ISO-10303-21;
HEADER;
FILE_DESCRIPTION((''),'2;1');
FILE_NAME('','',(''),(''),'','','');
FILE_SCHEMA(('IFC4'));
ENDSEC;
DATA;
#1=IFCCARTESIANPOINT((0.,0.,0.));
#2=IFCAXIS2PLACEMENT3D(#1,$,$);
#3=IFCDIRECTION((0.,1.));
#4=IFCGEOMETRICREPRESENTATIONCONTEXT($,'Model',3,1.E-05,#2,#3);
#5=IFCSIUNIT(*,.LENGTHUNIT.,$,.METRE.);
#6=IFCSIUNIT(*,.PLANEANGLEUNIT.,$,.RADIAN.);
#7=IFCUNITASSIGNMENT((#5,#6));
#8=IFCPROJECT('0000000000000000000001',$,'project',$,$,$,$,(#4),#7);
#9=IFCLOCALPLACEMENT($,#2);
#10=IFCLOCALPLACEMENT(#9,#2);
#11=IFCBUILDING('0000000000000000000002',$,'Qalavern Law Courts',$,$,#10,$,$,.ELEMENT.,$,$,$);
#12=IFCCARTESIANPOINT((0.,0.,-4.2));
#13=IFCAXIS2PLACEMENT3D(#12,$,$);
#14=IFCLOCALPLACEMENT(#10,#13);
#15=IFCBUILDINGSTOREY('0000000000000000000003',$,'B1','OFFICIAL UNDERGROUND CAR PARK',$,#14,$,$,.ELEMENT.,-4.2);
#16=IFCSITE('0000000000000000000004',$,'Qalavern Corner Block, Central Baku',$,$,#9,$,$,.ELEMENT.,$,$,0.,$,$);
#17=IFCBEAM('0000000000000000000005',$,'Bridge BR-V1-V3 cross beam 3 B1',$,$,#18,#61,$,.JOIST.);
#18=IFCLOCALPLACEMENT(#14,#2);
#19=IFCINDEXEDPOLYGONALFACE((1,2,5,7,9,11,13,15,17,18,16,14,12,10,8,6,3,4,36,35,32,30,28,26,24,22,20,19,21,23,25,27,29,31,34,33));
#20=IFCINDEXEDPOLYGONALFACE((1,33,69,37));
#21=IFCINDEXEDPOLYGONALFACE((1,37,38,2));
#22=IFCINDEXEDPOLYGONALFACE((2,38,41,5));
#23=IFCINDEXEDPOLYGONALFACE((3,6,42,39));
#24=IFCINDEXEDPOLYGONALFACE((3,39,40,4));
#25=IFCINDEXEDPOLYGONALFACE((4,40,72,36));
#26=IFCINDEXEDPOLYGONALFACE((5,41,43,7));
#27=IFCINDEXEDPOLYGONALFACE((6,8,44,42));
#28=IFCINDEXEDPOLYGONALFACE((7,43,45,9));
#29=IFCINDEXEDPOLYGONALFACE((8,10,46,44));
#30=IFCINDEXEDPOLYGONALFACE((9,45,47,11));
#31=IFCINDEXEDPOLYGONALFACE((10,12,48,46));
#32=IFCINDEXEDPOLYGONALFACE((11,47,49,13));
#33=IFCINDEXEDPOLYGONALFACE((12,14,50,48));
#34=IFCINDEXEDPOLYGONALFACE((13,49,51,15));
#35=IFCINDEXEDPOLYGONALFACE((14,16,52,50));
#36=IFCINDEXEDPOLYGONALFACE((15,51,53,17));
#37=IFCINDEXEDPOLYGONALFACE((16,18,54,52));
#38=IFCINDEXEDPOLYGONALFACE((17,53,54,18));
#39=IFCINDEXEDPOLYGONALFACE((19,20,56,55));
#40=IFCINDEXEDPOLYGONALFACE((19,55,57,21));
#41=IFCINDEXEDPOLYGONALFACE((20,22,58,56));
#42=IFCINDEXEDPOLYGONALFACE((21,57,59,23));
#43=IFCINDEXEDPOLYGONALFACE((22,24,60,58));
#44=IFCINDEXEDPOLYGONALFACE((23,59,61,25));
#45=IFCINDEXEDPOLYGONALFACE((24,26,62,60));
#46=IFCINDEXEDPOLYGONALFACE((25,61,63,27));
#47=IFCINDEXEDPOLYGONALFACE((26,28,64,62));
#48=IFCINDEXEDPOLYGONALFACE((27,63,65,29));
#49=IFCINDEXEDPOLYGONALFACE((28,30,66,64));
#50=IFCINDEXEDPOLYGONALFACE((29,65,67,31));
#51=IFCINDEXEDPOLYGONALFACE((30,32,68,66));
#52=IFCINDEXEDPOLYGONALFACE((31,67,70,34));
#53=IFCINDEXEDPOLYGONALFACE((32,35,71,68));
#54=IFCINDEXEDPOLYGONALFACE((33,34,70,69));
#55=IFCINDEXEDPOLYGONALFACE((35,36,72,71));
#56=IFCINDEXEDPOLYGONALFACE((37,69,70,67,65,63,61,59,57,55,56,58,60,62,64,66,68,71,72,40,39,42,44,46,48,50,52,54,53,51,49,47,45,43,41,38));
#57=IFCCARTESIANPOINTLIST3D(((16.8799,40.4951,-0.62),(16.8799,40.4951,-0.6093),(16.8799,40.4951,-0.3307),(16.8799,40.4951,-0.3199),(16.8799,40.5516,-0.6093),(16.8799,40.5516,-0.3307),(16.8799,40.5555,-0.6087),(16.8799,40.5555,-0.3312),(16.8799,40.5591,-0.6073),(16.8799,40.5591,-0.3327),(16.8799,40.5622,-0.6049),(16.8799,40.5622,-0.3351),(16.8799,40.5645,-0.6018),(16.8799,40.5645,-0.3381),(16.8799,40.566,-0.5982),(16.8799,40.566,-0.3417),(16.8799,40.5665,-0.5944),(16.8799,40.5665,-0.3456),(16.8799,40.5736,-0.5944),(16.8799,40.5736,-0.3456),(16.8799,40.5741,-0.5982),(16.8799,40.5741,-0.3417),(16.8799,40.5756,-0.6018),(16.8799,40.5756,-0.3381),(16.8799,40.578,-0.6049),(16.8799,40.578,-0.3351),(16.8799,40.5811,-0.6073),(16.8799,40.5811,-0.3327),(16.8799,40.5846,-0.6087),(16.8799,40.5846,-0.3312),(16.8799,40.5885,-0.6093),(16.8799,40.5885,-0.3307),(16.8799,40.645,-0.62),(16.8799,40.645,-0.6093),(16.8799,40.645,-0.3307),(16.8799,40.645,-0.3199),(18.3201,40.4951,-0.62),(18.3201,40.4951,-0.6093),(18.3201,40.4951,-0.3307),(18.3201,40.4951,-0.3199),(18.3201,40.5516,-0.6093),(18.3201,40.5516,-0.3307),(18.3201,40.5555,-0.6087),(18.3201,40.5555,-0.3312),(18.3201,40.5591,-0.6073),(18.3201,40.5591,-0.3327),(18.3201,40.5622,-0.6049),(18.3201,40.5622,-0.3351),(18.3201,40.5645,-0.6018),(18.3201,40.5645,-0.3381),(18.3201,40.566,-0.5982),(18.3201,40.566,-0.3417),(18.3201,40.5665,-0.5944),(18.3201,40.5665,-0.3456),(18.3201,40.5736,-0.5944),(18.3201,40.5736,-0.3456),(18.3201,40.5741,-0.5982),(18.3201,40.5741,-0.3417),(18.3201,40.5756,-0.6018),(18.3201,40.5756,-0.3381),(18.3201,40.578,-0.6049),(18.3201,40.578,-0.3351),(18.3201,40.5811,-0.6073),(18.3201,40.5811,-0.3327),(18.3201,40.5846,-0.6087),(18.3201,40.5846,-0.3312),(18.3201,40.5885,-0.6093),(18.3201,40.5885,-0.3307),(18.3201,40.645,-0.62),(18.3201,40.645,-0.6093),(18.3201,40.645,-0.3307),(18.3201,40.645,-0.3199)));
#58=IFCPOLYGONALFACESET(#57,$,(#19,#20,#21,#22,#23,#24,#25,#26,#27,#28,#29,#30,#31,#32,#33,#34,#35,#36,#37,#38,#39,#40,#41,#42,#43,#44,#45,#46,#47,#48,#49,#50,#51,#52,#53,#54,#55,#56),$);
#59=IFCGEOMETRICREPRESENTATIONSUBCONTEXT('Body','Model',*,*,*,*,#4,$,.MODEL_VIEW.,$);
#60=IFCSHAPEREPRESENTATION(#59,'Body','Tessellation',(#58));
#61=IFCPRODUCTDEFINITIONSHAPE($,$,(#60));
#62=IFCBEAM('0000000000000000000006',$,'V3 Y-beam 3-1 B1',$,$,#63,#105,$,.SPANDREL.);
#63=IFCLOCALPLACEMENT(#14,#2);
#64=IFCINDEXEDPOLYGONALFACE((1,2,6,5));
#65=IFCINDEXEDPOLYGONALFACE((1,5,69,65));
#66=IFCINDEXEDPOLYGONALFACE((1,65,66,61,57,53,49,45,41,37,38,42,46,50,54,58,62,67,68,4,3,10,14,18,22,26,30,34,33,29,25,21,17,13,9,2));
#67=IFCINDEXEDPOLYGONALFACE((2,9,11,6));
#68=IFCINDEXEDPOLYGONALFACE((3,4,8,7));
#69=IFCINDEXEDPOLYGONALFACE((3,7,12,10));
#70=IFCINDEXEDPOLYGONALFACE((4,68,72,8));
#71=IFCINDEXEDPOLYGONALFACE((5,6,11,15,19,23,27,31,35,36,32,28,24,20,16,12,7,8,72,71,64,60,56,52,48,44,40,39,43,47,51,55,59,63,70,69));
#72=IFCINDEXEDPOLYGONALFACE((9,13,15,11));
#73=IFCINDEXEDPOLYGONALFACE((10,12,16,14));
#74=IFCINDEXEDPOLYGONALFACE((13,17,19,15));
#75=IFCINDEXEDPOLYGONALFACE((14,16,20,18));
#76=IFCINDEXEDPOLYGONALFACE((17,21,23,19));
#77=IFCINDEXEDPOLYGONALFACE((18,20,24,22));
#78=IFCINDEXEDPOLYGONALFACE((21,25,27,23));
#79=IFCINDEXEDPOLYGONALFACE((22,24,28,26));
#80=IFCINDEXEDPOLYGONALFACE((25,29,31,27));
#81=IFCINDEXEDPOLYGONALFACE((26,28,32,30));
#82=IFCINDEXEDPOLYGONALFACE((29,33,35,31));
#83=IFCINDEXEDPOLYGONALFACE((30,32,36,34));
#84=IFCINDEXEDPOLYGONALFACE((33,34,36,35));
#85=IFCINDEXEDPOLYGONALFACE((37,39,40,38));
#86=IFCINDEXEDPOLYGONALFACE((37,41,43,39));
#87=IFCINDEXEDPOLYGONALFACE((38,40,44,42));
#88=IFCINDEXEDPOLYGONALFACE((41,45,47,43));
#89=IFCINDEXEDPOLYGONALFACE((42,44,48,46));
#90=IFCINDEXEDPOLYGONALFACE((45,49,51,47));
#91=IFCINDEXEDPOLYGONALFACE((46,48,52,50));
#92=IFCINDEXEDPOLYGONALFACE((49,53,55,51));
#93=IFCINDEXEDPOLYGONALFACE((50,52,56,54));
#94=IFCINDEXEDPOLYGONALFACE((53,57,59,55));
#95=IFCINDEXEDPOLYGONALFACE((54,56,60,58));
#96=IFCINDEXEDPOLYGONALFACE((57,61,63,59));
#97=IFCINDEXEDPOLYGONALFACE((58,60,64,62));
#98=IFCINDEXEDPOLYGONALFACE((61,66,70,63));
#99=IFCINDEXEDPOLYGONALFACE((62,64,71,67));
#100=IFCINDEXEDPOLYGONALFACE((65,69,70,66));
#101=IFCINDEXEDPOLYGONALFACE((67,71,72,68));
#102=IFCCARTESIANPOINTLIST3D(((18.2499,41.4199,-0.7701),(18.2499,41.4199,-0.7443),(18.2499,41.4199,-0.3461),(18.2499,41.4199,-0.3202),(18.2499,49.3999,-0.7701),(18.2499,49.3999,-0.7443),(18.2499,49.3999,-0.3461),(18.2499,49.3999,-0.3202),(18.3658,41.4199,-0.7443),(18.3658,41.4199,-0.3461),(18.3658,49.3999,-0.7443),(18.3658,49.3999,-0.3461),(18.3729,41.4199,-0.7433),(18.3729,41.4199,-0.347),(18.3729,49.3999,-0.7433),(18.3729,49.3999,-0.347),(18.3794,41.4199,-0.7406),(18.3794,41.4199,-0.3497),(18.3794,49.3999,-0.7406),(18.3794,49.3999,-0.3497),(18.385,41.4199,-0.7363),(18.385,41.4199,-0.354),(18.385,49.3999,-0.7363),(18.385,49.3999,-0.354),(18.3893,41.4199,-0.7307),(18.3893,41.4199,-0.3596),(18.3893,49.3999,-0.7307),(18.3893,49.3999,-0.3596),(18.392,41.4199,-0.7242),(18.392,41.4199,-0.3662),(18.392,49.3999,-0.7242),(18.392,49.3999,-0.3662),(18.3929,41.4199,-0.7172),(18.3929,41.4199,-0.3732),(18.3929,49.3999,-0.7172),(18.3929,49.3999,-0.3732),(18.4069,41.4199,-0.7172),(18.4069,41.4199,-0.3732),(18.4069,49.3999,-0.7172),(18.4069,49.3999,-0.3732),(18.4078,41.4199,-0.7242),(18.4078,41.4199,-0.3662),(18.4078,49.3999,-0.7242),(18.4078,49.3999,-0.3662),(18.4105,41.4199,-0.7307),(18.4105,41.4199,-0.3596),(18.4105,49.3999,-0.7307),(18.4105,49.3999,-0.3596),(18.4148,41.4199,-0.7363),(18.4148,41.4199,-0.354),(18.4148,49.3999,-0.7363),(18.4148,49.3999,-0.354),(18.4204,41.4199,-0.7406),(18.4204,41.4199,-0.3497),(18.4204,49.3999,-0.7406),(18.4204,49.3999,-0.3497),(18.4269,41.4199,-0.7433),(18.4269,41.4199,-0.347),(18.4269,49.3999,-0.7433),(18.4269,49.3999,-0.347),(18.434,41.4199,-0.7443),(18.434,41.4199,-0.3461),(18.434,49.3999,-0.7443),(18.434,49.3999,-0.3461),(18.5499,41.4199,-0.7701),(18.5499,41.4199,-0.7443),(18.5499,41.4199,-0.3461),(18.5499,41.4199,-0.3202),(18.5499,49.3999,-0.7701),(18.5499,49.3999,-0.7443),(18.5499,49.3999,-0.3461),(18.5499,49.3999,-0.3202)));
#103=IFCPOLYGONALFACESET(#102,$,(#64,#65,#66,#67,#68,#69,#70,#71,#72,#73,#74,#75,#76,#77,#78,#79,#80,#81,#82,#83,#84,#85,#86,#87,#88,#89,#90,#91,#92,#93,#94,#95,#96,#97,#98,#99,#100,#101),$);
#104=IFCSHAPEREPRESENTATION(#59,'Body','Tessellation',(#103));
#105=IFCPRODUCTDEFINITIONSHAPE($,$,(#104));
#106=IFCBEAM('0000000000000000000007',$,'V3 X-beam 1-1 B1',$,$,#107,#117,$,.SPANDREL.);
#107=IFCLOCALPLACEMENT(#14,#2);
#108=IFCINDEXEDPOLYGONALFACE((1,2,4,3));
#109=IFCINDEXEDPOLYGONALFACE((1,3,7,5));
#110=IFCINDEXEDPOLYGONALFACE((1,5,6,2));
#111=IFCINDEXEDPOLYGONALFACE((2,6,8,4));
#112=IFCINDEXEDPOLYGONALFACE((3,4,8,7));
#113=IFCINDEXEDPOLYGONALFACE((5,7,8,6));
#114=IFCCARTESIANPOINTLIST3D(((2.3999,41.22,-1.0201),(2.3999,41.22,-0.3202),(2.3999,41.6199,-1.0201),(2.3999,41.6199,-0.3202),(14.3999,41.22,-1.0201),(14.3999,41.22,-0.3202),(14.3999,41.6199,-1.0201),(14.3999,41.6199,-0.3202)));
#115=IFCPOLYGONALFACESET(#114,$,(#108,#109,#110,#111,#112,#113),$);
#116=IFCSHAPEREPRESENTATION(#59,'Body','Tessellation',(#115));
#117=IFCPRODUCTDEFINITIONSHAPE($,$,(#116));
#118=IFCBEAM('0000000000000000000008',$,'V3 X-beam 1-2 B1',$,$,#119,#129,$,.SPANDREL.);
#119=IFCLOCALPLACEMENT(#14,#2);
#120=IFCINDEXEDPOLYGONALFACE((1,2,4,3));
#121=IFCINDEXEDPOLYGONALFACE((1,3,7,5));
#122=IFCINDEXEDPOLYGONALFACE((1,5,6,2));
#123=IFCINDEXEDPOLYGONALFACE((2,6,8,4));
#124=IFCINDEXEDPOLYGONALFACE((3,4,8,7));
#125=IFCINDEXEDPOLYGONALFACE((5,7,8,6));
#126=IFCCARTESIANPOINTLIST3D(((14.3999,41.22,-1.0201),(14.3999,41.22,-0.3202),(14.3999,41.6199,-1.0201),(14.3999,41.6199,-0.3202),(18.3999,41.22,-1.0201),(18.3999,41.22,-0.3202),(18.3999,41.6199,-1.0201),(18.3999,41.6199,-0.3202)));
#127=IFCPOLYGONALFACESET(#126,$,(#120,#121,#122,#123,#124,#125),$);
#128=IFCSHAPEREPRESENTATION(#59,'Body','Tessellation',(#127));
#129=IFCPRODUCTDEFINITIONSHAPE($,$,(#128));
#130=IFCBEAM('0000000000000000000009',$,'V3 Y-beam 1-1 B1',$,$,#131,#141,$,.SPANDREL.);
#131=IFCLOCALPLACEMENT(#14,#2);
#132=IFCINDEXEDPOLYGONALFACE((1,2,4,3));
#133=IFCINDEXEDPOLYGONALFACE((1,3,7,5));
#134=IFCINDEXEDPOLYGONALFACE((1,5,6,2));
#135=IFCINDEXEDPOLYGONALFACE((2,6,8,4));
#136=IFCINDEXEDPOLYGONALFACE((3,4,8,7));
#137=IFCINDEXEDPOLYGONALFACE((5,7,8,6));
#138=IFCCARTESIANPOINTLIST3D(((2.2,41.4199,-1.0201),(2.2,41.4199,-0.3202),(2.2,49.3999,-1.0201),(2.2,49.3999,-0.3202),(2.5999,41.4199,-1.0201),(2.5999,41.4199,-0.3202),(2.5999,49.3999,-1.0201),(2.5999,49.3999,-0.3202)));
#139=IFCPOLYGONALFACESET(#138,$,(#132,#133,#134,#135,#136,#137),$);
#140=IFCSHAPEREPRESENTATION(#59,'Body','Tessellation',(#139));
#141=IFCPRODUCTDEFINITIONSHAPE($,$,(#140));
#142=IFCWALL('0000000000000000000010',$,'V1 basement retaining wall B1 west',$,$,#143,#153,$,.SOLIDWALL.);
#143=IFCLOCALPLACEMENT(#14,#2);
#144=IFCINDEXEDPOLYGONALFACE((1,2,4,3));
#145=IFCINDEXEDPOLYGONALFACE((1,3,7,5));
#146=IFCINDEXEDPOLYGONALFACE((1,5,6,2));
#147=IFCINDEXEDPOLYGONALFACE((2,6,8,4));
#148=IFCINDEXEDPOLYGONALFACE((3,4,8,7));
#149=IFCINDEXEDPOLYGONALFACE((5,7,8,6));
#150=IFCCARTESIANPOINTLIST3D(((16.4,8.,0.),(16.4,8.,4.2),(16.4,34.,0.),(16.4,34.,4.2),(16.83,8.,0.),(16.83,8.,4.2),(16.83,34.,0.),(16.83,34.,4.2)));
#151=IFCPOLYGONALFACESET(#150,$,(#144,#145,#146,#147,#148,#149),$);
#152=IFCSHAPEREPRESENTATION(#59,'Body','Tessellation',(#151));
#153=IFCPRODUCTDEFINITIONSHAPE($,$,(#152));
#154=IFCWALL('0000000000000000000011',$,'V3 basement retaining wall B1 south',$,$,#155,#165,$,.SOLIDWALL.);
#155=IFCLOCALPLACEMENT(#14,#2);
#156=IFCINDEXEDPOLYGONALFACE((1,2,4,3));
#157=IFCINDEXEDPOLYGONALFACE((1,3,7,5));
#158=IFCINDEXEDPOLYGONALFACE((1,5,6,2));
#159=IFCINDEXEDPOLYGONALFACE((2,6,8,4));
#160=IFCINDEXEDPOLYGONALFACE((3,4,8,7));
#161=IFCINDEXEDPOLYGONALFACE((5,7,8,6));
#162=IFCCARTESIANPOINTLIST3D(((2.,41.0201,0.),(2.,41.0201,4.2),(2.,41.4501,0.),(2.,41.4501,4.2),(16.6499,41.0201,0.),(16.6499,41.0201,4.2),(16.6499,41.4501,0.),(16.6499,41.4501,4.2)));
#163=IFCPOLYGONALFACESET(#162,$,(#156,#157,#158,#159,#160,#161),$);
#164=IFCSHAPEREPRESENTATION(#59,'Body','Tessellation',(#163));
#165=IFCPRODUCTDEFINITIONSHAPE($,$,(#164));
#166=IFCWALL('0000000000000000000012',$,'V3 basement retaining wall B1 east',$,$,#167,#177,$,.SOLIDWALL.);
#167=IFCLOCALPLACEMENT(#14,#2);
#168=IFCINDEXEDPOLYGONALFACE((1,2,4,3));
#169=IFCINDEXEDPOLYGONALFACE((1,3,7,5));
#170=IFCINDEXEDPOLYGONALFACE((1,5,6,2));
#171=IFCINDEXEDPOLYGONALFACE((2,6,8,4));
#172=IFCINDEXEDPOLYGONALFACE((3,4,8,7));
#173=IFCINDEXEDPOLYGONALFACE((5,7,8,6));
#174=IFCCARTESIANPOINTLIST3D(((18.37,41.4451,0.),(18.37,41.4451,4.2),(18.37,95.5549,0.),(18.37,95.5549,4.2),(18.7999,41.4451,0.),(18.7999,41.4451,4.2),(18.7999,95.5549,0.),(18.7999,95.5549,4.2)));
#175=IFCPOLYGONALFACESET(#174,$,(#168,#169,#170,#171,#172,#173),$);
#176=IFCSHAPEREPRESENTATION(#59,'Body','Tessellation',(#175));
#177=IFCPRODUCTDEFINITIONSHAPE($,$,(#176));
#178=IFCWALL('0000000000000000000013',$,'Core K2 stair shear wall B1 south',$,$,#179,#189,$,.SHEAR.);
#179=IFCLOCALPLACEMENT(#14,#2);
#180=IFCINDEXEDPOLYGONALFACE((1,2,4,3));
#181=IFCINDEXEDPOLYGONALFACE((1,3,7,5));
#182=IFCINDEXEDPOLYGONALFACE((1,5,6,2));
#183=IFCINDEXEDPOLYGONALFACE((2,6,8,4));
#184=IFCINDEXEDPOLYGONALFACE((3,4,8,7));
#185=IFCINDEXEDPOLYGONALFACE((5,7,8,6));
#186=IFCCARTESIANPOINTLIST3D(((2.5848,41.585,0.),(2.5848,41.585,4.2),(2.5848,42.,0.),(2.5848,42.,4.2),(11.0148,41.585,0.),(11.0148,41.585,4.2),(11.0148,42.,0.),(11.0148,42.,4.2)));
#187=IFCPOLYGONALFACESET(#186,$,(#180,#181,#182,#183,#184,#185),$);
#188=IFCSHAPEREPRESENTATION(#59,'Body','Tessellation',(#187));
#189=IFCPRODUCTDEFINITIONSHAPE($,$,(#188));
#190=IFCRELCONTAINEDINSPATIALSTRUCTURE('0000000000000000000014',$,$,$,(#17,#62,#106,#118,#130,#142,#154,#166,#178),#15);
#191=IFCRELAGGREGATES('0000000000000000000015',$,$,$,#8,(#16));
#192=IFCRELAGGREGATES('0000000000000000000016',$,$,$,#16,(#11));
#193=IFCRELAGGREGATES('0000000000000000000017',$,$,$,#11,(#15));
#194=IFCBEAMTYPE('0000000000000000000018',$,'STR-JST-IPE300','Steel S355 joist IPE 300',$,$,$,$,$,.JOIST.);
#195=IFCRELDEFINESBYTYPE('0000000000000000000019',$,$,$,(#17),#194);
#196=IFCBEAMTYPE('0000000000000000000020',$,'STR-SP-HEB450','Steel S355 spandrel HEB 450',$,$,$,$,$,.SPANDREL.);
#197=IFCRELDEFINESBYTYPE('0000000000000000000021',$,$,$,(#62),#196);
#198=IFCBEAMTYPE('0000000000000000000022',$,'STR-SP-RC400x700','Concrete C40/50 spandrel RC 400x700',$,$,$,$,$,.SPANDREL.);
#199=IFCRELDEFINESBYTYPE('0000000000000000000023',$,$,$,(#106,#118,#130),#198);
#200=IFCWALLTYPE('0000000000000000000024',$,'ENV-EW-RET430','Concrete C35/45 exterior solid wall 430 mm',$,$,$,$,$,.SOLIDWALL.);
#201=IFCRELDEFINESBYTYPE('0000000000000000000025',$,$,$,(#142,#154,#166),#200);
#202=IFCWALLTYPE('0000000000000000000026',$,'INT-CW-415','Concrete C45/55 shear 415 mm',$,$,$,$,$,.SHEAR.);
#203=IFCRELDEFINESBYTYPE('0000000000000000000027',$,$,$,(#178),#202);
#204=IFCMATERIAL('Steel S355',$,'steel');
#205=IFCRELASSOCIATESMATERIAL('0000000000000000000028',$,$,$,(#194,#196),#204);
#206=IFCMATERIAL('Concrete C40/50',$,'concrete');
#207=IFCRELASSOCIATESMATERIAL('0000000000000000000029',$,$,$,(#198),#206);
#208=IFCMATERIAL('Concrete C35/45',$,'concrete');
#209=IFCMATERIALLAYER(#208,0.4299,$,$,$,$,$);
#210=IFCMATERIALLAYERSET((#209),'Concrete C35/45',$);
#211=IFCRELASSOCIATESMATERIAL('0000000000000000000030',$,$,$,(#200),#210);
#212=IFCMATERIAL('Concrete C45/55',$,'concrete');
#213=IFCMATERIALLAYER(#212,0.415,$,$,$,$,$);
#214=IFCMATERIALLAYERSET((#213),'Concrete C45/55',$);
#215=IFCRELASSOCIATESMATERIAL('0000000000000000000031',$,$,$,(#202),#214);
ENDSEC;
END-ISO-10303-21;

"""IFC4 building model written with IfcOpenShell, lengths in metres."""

from ifc_helpers import new_model, si_unit, direction, frame, frame_2d, origin, origin_2d, place, context, subcontext, project, spatial, rectangle, i_section, extrude, material, layer, layer_set, material_profile, profile_set, type_object, element, save


model = new_model("IFC4")

# Units and contexts
model_context = context("Model", 3, precision=1e-05, world=origin(), true_north=direction((0.0, 1.0)))
body_context = subcontext(model_context, "Body", "Model", "MODEL_VIEW")
ifc_project = project(units=[si_unit("LENGTHUNIT", "METRE"), si_unit("PLANEANGLEUNIT", "RADIAN")], contexts=[model_context])

# Site, building, storey
site_placement = place(None, origin())
site = spatial("IfcSite", under=ifc_project, at=site_placement, Name="Qalavern Corner Block, Central Baku", CompositionType="ELEMENT", RefElevation=0.0)
building_placement = place(site_placement, origin())
building = spatial("IfcBuilding", under=site, at=building_placement, Name="Qalavern Law Courts", CompositionType="ELEMENT")
storey_placement = place(building_placement, frame((0.0, 0.0, -4.2)))
storey = spatial("IfcBuildingStorey", under=building, at=storey_placement, Name="B1", Description="OFFICIAL UNDERGROUND CAR PARK", CompositionType="ELEMENT", Elevation=-4.2)

# Shared definitions
ifc_material_1 = material(Name="Concrete C45/55", Category="concrete")

# Beams
ifc_material_2 = material(Name="Steel S355", Category="steel")
ifc_material_3 = material(Name="Concrete C35/45", Category="concrete")
ifc_material_profile_1 = material_profile(ifc_material_2, i_section(OverallWidth=0.1499, OverallDepth=0.3, WebThickness=0.0071, FlangeThickness=0.0107, FilletRadius=0.0149, at=origin_2d()), Name="IPE 300")
ifc_profile_set_1 = profile_set([ifc_material_profile_1], Name="Steel S355")
beam_type_1 = type_object("IfcBeamType", Name="STR-JST-IPE300", Description="Steel S355 joist IPE 300", PredefinedType="JOIST", material=ifc_profile_set_1)
for number, where, z_axis, x_axis, name in (
    (1, (16.8799, 40.5701, -0.47), (1.0, 0.0, 0.0), (0.0, 1.0, 0.0), "Bridge BR-V1-V3 cross beam 3 B1"),
):
    element("IfcBeam", number, at=place(storey_placement, frame(where, z_axis=z_axis, x_axis=x_axis)), inside=storey, type_object=beam_type_1, Name=name, PredefinedType="JOIST", context=body_context, shape_type="SweptSolid", body=[
        extrude(i_section(OverallWidth=0.1499, OverallDepth=0.3, WebThickness=0.0071, FlangeThickness=0.0107, FilletRadius=0.0149, at=origin_2d()), origin(), (0.0, 0.0, 1.0), 1.4402),
    ])
ifc_material_profile_2 = material_profile(ifc_material_2, i_section(OverallWidth=0.3, OverallDepth=0.45, WebThickness=0.0139, FlangeThickness=0.0259, FilletRadius=0.0271, at=origin_2d()), Name="HEB 450")
ifc_profile_set_2 = profile_set([ifc_material_profile_2], Name="Steel S355")
beam_type_2 = type_object("IfcBeamType", Name="STR-SP-HEB450", Description="Steel S355 spandrel HEB 450", PredefinedType="SPANDREL", material=ifc_profile_set_2)
beam_1_placement = place(storey_placement, frame((18.3999, 41.4199, -0.5452), z_axis=(0.0, 1.0, 0.0), x_axis=(-1.0, 0.0, 0.0)))
element("IfcBeam", 2, at=beam_1_placement, inside=storey, type_object=beam_type_2, Name="V3 Y-beam 3-1 B1", PredefinedType="SPANDREL", context=body_context, shape_type="SweptSolid", body=[
    extrude(i_section(OverallWidth=0.3, OverallDepth=0.45, WebThickness=0.0139, FlangeThickness=0.0259, FilletRadius=0.0271, at=origin_2d()), origin(), (0.0, 0.0, 1.0), 7.98),
])
ifc_material_4 = material(Name="Concrete C40/50", Category="concrete")
ifc_material_profile_3 = material_profile(ifc_material_4, rectangle(XDim=0.3999, YDim=0.7, at=origin_2d()), Name="RC 400x700")
ifc_profile_set_3 = profile_set([ifc_material_profile_3], Name="Concrete C40/50")
beam_type_3 = type_object("IfcBeamType", Name="STR-SP-RC400x700", Description="Concrete C40/50 spandrel RC 400x700", PredefinedType="SPANDREL", material=ifc_profile_set_3)
beam_2_placement = place(storey_placement, frame((2.3999, 41.4199, -0.6702), z_axis=(1.0, 0.0, 0.0), x_axis=(0.0, 1.0, 0.0)))
element("IfcBeam", 3, at=beam_2_placement, inside=storey, type_object=beam_type_3, Name="V3 X-beam 1-1 B1", PredefinedType="SPANDREL", context=body_context, shape_type="SweptSolid", body=[
    extrude(rectangle(XDim=0.3999, YDim=0.7, at=origin_2d()), origin(), (0.0, 0.0, 1.0), 12.0),
])
beam_3_placement = place(storey_placement, frame((14.3999, 41.4199, -0.6702), z_axis=(1.0, 0.0, 0.0), x_axis=(0.0, 1.0, 0.0)))
element("IfcBeam", 4, at=beam_3_placement, inside=storey, type_object=beam_type_3, Name="V3 X-beam 1-2 B1", PredefinedType="SPANDREL", context=body_context, shape_type="SweptSolid", body=[
    extrude(rectangle(XDim=0.3999, YDim=0.7, at=origin_2d()), origin(), (0.0, 0.0, 1.0), 4.0),
])
beam_4_placement = place(storey_placement, frame((2.3999, 41.4199, -0.6702), z_axis=(0.0, 1.0, 0.0), x_axis=(-1.0, 0.0, 0.0)))
element("IfcBeam", 5, at=beam_4_placement, inside=storey, type_object=beam_type_3, Name="V3 Y-beam 1-1 B1", PredefinedType="SPANDREL", context=body_context, shape_type="SweptSolid", body=[
    extrude(rectangle(XDim=0.3999, YDim=0.7, at=origin_2d()), origin(), (0.0, 0.0, 1.0), 7.98),
])

# Walls
ifc_layer_1 = layer(ifc_material_3, 0.4299)
ifc_layer_set_1 = layer_set([ifc_layer_1], Name="Concrete C35/45")
wall_type_1 = type_object("IfcWallType", Name="ENV-EW-RET430", Description="Concrete C35/45 exterior solid wall 430 mm", PredefinedType="SOLIDWALL", material=ifc_layer_set_1)
wall_1_placement = place(storey_placement, frame((16.615, 34.0, 0.0), z_axis=(0.0, 0.0, 1.0), x_axis=(0.0, -1.0, 0.0)))
element("IfcWall", 6, at=wall_1_placement, inside=storey, type_object=wall_type_1, Name="V1 basement retaining wall B1 west", PredefinedType="SOLIDWALL", context=body_context, shape_type="SweptSolid", body=[
    extrude(rectangle(XDim=26.0, YDim=0.4299, at=frame_2d((13.0, 0.0))), origin(), (0.0, 0.0, 1.0), 4.2),
])
wall_2_placement = place(storey_placement, frame((2.0, 41.2351, 0.0), z_axis=(0.0, 0.0, 1.0), x_axis=(1.0, 0.0, 0.0)))
element("IfcWall", 7, at=wall_2_placement, inside=storey, type_object=wall_type_1, Name="V3 basement retaining wall B1 south", PredefinedType="SOLIDWALL", context=body_context, shape_type="SweptSolid", body=[
    extrude(rectangle(XDim=14.6499, YDim=0.4299, at=frame_2d((7.325, 0.0))), origin(), (0.0, 0.0, 1.0), 4.2),
])
wall_3_placement = place(storey_placement, frame((18.585, 41.4451, 0.0), z_axis=(0.0, 0.0, 1.0), x_axis=(0.0, 1.0, 0.0)))
element("IfcWall", 8, at=wall_3_placement, inside=storey, type_object=wall_type_1, Name="V3 basement retaining wall B1 east", PredefinedType="SOLIDWALL", context=body_context, shape_type="SweptSolid", body=[
    extrude(rectangle(XDim=54.1099, YDim=0.4299, at=frame_2d((27.0549, 0.0))), origin(), (0.0, 0.0, 1.0), 4.2),
])
ifc_layer_2 = layer(ifc_material_1, 0.415)
ifc_layer_set_2 = layer_set([ifc_layer_2], Name="Concrete C45/55")
wall_type_2 = type_object("IfcWallType", Name="INT-CW-415", Description="Concrete C45/55 shear 415 mm", PredefinedType="SHEAR", material=ifc_layer_set_2)
wall_4_placement = place(storey_placement, frame((2.585, 41.7925, 0.0), z_axis=(0.0, 0.0, 1.0), x_axis=(1.0, 0.0, 0.0)))
element("IfcWall", 9, at=wall_4_placement, inside=storey, type_object=wall_type_2, Name="Core K2 stair shear wall B1 south", PredefinedType="SHEAR", context=body_context, shape_type="SweptSolid", body=[
    extrude(rectangle(XDim=8.4299, YDim=0.415, at=frame_2d((4.2148, 0.0))), origin(), (0.0, 0.0, 1.0), 4.2),
])

save(model, "model.ifc")
